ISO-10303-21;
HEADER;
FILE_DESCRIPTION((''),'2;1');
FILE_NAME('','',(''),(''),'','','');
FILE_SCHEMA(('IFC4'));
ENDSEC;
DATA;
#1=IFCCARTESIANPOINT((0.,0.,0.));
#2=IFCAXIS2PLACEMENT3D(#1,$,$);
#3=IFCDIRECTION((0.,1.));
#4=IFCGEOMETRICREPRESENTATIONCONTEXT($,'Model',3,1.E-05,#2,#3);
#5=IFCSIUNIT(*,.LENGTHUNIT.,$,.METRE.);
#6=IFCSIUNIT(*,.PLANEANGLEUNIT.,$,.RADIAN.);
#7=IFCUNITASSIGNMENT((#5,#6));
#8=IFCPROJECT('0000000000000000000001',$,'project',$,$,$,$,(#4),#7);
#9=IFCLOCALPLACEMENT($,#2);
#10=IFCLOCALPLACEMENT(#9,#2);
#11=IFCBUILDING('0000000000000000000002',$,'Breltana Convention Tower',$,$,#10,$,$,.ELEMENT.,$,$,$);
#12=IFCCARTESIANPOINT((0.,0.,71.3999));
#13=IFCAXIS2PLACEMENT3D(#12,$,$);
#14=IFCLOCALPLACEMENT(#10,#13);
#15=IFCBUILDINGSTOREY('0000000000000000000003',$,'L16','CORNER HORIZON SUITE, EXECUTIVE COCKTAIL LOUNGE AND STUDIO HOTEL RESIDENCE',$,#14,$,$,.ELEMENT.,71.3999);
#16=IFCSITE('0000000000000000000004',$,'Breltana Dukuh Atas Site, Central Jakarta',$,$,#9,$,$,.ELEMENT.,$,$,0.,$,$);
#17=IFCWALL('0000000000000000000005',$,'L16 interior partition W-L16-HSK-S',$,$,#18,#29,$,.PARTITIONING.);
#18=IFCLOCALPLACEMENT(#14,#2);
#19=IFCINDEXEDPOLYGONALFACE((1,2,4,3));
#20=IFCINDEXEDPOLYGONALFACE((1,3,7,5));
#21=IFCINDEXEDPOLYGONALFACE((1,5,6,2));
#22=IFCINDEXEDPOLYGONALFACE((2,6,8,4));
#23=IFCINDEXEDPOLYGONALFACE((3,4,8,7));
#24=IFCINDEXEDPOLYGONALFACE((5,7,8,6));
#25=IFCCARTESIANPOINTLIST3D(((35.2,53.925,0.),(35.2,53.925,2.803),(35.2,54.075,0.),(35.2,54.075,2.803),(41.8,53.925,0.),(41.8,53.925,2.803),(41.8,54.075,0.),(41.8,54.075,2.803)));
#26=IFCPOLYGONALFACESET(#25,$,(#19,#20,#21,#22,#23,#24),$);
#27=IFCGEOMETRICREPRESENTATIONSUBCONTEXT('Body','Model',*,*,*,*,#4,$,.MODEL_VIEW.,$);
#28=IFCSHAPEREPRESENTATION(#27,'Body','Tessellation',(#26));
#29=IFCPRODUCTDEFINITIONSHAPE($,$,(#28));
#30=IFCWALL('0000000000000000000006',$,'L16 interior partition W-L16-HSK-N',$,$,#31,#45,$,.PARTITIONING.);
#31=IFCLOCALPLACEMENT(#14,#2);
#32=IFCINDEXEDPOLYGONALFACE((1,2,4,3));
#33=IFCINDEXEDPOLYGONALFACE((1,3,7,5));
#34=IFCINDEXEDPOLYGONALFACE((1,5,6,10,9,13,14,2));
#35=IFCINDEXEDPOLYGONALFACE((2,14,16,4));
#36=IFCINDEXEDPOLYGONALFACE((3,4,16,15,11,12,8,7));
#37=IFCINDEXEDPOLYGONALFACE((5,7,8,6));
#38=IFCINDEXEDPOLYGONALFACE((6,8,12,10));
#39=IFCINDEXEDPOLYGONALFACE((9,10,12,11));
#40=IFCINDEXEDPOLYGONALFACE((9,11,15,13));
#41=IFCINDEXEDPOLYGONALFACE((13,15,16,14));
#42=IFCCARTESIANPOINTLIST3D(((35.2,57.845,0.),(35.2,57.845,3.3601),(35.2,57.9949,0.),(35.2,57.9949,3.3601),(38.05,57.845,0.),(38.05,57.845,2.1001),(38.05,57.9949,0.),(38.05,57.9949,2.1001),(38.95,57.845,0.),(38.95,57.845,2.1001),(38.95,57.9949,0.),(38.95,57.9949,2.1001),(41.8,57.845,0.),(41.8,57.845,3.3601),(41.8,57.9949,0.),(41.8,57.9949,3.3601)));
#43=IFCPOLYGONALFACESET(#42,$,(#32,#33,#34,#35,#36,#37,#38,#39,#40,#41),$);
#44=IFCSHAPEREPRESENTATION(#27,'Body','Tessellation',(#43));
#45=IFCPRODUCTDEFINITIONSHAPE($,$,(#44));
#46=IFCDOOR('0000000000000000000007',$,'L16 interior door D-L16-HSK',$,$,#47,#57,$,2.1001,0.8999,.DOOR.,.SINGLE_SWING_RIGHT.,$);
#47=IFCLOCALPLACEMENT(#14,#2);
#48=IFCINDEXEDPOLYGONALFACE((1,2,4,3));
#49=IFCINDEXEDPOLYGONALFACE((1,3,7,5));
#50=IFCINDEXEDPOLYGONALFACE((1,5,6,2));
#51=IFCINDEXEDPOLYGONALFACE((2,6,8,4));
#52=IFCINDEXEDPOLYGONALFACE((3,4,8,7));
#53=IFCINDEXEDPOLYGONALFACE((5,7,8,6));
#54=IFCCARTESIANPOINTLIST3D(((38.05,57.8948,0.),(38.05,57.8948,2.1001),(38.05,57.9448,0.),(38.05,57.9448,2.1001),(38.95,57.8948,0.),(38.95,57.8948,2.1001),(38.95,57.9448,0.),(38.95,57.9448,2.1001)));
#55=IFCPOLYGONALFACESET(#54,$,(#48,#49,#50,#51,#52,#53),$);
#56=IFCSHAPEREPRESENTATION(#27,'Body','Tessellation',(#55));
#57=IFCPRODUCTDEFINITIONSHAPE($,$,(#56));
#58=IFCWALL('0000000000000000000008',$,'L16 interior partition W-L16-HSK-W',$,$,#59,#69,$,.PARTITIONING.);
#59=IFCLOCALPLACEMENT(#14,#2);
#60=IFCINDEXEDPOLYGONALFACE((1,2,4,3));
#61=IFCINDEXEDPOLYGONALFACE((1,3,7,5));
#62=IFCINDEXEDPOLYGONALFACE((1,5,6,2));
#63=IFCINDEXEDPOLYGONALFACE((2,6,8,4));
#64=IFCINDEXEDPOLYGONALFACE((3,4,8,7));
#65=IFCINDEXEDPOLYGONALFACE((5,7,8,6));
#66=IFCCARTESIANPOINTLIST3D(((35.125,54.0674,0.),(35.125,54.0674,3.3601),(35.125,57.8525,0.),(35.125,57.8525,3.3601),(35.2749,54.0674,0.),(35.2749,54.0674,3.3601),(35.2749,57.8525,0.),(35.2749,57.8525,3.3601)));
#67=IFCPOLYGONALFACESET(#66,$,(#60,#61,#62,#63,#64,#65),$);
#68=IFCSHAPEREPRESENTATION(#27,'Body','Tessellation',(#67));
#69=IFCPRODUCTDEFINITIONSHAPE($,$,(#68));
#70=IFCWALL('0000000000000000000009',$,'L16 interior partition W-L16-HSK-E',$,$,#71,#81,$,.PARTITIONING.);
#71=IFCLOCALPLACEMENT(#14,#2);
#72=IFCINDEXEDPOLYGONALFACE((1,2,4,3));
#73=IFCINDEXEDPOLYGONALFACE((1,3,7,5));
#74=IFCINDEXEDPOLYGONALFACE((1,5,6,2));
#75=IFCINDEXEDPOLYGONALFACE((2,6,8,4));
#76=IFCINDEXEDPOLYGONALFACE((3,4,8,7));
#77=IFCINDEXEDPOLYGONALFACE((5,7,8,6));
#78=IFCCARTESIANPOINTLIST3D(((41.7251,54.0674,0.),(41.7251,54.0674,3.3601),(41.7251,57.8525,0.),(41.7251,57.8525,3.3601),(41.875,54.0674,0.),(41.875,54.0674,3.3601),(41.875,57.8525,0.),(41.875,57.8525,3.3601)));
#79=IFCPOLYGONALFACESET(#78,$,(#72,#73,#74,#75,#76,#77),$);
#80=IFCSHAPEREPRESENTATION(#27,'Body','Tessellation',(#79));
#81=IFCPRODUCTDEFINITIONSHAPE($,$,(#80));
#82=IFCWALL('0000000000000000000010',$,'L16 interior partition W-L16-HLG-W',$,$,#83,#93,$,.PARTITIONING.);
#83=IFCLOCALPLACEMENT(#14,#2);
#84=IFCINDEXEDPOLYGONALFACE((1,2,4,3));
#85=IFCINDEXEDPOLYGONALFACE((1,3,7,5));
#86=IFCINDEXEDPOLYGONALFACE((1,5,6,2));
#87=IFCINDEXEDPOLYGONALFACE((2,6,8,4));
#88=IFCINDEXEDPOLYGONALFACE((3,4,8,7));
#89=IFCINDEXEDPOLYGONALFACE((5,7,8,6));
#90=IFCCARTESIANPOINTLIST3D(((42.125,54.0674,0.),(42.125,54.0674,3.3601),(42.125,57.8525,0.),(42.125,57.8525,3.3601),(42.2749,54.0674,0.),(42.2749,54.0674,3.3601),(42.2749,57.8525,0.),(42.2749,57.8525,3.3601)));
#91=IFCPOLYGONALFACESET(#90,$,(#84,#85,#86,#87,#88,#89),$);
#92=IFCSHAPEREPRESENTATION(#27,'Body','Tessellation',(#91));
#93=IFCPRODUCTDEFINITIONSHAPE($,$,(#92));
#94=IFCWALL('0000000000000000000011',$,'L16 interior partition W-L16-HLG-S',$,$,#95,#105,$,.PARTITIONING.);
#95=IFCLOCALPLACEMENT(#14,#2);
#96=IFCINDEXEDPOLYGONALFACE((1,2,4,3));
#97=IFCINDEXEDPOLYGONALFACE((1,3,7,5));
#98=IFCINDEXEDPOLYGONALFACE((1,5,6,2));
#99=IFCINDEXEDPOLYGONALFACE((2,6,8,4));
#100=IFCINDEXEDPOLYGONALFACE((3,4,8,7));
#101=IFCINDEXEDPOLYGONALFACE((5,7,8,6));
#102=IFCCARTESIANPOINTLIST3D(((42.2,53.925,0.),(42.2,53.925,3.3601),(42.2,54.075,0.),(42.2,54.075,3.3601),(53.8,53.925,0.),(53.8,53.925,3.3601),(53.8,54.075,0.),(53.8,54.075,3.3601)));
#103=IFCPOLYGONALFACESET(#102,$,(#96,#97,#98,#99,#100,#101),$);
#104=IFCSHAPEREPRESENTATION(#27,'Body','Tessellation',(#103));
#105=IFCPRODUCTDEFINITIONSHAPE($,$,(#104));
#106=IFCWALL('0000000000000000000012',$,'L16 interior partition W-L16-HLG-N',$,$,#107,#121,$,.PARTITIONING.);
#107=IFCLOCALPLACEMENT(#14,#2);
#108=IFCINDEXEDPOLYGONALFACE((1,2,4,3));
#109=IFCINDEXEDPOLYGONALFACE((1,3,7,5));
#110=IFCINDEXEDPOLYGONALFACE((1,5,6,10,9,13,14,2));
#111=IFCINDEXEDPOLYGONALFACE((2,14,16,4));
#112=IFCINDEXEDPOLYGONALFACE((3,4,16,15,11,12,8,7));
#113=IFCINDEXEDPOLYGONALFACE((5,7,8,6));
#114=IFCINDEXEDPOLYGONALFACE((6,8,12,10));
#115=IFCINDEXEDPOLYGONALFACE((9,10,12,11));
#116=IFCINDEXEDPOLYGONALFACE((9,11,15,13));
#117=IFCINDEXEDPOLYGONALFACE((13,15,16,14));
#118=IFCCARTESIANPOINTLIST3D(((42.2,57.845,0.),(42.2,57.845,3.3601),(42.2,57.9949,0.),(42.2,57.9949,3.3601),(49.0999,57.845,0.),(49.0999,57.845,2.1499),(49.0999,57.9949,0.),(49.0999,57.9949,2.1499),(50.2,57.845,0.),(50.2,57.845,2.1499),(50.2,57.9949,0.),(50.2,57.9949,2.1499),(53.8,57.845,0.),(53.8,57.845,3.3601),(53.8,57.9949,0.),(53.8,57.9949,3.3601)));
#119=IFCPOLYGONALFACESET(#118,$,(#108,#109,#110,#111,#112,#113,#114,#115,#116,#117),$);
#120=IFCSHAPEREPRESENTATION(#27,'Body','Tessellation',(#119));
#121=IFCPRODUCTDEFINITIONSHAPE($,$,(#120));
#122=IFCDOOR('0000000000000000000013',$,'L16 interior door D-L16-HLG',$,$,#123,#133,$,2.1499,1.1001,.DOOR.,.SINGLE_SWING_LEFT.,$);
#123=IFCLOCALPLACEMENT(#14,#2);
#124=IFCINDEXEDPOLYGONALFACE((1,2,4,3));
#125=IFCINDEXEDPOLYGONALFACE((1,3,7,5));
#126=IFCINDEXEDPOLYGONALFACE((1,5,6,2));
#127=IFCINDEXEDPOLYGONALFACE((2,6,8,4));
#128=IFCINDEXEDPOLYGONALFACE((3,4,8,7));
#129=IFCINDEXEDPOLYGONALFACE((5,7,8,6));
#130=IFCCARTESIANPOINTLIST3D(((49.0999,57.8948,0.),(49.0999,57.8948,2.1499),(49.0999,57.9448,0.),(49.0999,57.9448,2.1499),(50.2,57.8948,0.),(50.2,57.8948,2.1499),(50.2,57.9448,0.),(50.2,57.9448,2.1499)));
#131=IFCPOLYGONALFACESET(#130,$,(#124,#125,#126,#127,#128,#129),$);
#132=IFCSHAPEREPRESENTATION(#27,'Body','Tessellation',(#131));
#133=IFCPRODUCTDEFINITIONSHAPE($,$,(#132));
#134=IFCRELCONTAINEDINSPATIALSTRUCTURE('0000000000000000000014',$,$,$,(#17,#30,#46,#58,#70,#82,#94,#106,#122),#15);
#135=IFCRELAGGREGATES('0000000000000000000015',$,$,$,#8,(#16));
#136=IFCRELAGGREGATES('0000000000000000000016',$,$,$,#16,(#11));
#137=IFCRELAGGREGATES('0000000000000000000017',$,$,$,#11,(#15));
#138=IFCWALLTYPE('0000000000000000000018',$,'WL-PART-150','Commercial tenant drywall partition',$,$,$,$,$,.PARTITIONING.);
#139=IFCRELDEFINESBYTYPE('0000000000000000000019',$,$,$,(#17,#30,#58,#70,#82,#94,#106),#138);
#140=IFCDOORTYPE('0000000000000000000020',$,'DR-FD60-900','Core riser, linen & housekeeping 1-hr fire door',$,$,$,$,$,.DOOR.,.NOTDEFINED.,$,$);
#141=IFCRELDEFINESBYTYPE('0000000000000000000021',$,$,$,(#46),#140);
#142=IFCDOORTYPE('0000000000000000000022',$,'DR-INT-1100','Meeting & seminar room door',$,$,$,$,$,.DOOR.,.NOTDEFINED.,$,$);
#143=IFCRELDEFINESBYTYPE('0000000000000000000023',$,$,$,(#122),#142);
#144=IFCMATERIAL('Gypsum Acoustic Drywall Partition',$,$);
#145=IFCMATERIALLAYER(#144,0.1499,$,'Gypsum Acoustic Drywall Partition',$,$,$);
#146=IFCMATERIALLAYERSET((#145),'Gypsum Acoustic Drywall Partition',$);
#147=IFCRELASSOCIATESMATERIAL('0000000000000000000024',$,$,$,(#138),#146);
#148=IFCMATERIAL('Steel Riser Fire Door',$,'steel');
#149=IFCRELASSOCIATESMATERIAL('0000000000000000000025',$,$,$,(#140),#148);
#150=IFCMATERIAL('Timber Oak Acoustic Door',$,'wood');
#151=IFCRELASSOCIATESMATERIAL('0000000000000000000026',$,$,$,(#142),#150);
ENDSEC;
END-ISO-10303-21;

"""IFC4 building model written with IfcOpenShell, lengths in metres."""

from ifc_helpers import new_model, si_unit, direction, frame, frame_2d, origin, place, context, subcontext, project, spatial, rectangle, extrude, source, transform, mapped, material, layer, layer_set, type_object, type_shapes, element, fill, save


model = new_model("IFC4")

# Units and contexts
model_context = context("Model", 3, precision=1e-05, world=origin(), true_north=direction((0.0, 1.0)))
body_context = subcontext(model_context, "Body", "Model", "MODEL_VIEW")
ifc_project = project(units=[si_unit("LENGTHUNIT", "METRE"), si_unit("PLANEANGLEUNIT", "RADIAN")], contexts=[model_context])

# Site, building, storey
site_placement = place(None, origin())
site = spatial("IfcSite", under=ifc_project, at=site_placement, Name="Breltana Dukuh Atas Site, Central Jakarta", CompositionType="ELEMENT", RefElevation=0.0)
building_placement = place(site_placement, origin())
building = spatial("IfcBuilding", under=site, at=building_placement, Name="Breltana Convention Tower", CompositionType="ELEMENT")
storey_placement = place(building_placement, frame((0.0, 0.0, 71.3999)))
storey = spatial("IfcBuildingStorey", under=building, at=storey_placement, Name="L16", Description="CORNER HORIZON SUITE, EXECUTIVE COCKTAIL LOUNGE AND STUDIO HOTEL RESIDENCE", CompositionType="ELEMENT", Elevation=71.3999)

# Wall
ifc_material_1 = material(Name="Gypsum Acoustic Drywall Partition")
ifc_layer_1 = layer(ifc_material_1, 0.1499, Name="Gypsum Acoustic Drywall Partition")
ifc_layer_set_1 = layer_set([ifc_layer_1], Name="Gypsum Acoustic Drywall Partition")
wall_type = type_object("IfcWallType", Name="WL-PART-150", Description="Commercial tenant drywall partition", PredefinedType="PARTITIONING", material=ifc_layer_set_1)
shared_shape_1 = source(origin(), body_context, "Body", "SweptSolid", [
    extrude(rectangle(XDim=6.6001, YDim=0.1499, at=frame_2d((3.3, 0.0))), origin(), (0.0, 0.0, 1.0), 2.803),
])
wall_1_placement = place(storey_placement, frame((35.2, 54.0, 0.0), z_axis=(0.0, 0.0, 1.0), x_axis=(1.0, 0.0, 0.0)))
element("IfcWall", 1, at=wall_1_placement, inside=storey, type_object=wall_type, Name="L16 interior partition W-L16-HSK-S", PredefinedType="PARTITIONING", context=body_context, shape_type="MappedRepresentation", body=[
    mapped(shared_shape_1, transform((0.0, 0.0, 0.0), scale=1.0)),
])

# Wall, opening, door
shared_shape_2 = source(origin(), body_context, "Body", "SweptSolid", [
    extrude(rectangle(XDim=6.6001, YDim=0.1499, at=frame_2d((3.3, 0.0))), origin(), (0.0, 0.0, 1.0), 3.3601),
])
wall_2_placement = place(storey_placement, frame((35.2, 57.9199, 0.0), z_axis=(0.0, 0.0, 1.0), x_axis=(1.0, 0.0, 0.0)))
wall_2 = element("IfcWall", 2, at=wall_2_placement, inside=storey, type_object=wall_type, Name="L16 interior partition W-L16-HSK-N", PredefinedType="PARTITIONING", context=body_context, shape_type="MappedRepresentation", body=[
    mapped(shared_shape_2, transform((0.0, 0.0, 0.0), scale=1.0)),
])
opening_1_placement = place(wall_2_placement, frame((2.8501, 0.0, 0.0)))
opening_1 = element("IfcOpeningElement", 3, at=opening_1_placement, cuts=wall_2, PredefinedType="OPENING", context=body_context, shape_type="SweptSolid", body=[
    extrude(rectangle(XDim=0.8999, YDim=2.1001, at=frame_2d((0.45, 1.05))), frame((0.0, 0.085, 0.0), z_axis=(0.0, -1.0, 0.0), x_axis=(1.0, 0.0, 0.0)), (0.0, 0.0, 1.0), 0.1699),
])
ifc_material_2 = material(Name="Steel Riser Fire Door", Category="steel")
door_type_1 = type_object("IfcDoorType", Name="DR-FD60-900", Description="Core riser, linen & housekeeping 1-hr fire door", OperationType="NOTDEFINED", PredefinedType="DOOR", material=ifc_material_2)
shared_shape_3 = source(origin(), body_context, "Body", "SweptSolid", [
    extrude(rectangle(XDim=0.8999, YDim=2.1001, at=frame_2d((0.45, 1.05))), frame((0.0, 0.0249, 0.0), z_axis=(0.0, -1.0, 0.0), x_axis=(1.0, 0.0, 0.0)), (0.0, 0.0, 1.0), 0.05),
])
type_shapes(door_type_1, [shared_shape_3])
door_1_placement = place(opening_1_placement, origin())
door_1 = element("IfcDoor", 4, at=door_1_placement, inside=storey, type_object=door_type_1, Name="L16 interior door D-L16-HSK", OperationType="SINGLE_SWING_RIGHT", OverallHeight=2.1001, OverallWidth=0.8999, PredefinedType="DOOR", context=body_context, shape_type="MappedRepresentation", body=[
    mapped(shared_shape_3, transform((0.0, 0.0, 0.0), scale=1.0)),
])
fill(opening_1, door_1)

# Walls
shared_shape_4 = source(origin(), body_context, "Body", "SweptSolid", [
    extrude(rectangle(XDim=3.7852, YDim=0.1499, at=frame_2d((1.8926, 0.0))), origin(), (0.0, 0.0, 1.0), 3.3601),
])
for number, where, z_axis, x_axis, name in (
    (5, (35.2, 54.0674, 0.0), (0.0, 0.0, 1.0), (0.0, 1.0, 0.0), "L16 interior partition W-L16-HSK-W"),
    (6, (41.8, 54.0674, 0.0), (0.0, 0.0, 1.0), (0.0, 1.0, 0.0), "L16 interior partition W-L16-HSK-E"),
    (7, (42.2, 54.0674, 0.0), (0.0, 0.0, 1.0), (0.0, 1.0, 0.0), "L16 interior partition W-L16-HLG-W"),
):
    element("IfcWall", number, at=place(storey_placement, frame(where, z_axis=z_axis, x_axis=x_axis)), inside=storey, type_object=wall_type, Name=name, PredefinedType="PARTITIONING", context=body_context, shape_type="MappedRepresentation", body=[
        mapped(shared_shape_4, transform((0.0, 0.0, 0.0), scale=1.0)),
    ])
shared_shape_5 = source(origin(), body_context, "Body", "SweptSolid", [
    extrude(rectangle(XDim=11.6001, YDim=0.1499, at=frame_2d((5.8, 0.0))), origin(), (0.0, 0.0, 1.0), 3.3601),
])
wall_3_placement = place(storey_placement, frame((42.2, 54.0, 0.0), z_axis=(0.0, 0.0, 1.0), x_axis=(1.0, 0.0, 0.0)))
element("IfcWall", 8, at=wall_3_placement, inside=storey, type_object=wall_type, Name="L16 interior partition W-L16-HLG-S", PredefinedType="PARTITIONING", context=body_context, shape_type="MappedRepresentation", body=[
    mapped(shared_shape_5, transform((0.0, 0.0, 0.0), scale=1.0)),
])

# Wall, opening, door
wall_4_placement = place(storey_placement, frame((42.2, 57.9199, 0.0), z_axis=(0.0, 0.0, 1.0), x_axis=(1.0, 0.0, 0.0)))
wall_4 = element("IfcWall", 9, at=wall_4_placement, inside=storey, type_object=wall_type, Name="L16 interior partition W-L16-HLG-N", PredefinedType="PARTITIONING", context=body_context, shape_type="MappedRepresentation", body=[
    mapped(shared_shape_5, transform((0.0, 0.0, 0.0), scale=1.0)),
])
opening_2_placement = place(wall_4_placement, frame((6.8999, 0.0, 0.0)))
opening_2 = element("IfcOpeningElement", 10, at=opening_2_placement, cuts=wall_4, PredefinedType="OPENING", context=body_context, shape_type="SweptSolid", body=[
    extrude(rectangle(XDim=1.1001, YDim=2.1499, at=frame_2d((0.55, 1.075))), frame((0.0, 0.085, 0.0), z_axis=(0.0, -1.0, 0.0), x_axis=(1.0, 0.0, 0.0)), (0.0, 0.0, 1.0), 0.1699),
])
ifc_material_3 = material(Name="Timber Oak Acoustic Door", Category="wood")
door_type_2 = type_object("IfcDoorType", Name="DR-INT-1100", Description="Meeting & seminar room door", OperationType="NOTDEFINED", PredefinedType="DOOR", material=ifc_material_3)
shared_shape_6 = source(origin(), body_context, "Body", "SweptSolid", [
    extrude(rectangle(XDim=1.1001, YDim=2.1499, at=frame_2d((0.55, 1.075))), frame((0.0, 0.0249, 0.0), z_axis=(0.0, -1.0, 0.0), x_axis=(1.0, 0.0, 0.0)), (0.0, 0.0, 1.0), 0.05),
])
type_shapes(door_type_2, [shared_shape_6])
door_2_placement = place(opening_2_placement, origin())
door_2 = element("IfcDoor", 11, at=door_2_placement, inside=storey, type_object=door_type_2, Name="L16 interior door D-L16-HLG", OperationType="SINGLE_SWING_LEFT", OverallHeight=2.1499, OverallWidth=1.1001, PredefinedType="DOOR", context=body_context, shape_type="MappedRepresentation", body=[
    mapped(shared_shape_6, transform((0.0, 0.0, 0.0), scale=1.0)),
])
fill(opening_2, door_2)

save(model, "model.ifc")
